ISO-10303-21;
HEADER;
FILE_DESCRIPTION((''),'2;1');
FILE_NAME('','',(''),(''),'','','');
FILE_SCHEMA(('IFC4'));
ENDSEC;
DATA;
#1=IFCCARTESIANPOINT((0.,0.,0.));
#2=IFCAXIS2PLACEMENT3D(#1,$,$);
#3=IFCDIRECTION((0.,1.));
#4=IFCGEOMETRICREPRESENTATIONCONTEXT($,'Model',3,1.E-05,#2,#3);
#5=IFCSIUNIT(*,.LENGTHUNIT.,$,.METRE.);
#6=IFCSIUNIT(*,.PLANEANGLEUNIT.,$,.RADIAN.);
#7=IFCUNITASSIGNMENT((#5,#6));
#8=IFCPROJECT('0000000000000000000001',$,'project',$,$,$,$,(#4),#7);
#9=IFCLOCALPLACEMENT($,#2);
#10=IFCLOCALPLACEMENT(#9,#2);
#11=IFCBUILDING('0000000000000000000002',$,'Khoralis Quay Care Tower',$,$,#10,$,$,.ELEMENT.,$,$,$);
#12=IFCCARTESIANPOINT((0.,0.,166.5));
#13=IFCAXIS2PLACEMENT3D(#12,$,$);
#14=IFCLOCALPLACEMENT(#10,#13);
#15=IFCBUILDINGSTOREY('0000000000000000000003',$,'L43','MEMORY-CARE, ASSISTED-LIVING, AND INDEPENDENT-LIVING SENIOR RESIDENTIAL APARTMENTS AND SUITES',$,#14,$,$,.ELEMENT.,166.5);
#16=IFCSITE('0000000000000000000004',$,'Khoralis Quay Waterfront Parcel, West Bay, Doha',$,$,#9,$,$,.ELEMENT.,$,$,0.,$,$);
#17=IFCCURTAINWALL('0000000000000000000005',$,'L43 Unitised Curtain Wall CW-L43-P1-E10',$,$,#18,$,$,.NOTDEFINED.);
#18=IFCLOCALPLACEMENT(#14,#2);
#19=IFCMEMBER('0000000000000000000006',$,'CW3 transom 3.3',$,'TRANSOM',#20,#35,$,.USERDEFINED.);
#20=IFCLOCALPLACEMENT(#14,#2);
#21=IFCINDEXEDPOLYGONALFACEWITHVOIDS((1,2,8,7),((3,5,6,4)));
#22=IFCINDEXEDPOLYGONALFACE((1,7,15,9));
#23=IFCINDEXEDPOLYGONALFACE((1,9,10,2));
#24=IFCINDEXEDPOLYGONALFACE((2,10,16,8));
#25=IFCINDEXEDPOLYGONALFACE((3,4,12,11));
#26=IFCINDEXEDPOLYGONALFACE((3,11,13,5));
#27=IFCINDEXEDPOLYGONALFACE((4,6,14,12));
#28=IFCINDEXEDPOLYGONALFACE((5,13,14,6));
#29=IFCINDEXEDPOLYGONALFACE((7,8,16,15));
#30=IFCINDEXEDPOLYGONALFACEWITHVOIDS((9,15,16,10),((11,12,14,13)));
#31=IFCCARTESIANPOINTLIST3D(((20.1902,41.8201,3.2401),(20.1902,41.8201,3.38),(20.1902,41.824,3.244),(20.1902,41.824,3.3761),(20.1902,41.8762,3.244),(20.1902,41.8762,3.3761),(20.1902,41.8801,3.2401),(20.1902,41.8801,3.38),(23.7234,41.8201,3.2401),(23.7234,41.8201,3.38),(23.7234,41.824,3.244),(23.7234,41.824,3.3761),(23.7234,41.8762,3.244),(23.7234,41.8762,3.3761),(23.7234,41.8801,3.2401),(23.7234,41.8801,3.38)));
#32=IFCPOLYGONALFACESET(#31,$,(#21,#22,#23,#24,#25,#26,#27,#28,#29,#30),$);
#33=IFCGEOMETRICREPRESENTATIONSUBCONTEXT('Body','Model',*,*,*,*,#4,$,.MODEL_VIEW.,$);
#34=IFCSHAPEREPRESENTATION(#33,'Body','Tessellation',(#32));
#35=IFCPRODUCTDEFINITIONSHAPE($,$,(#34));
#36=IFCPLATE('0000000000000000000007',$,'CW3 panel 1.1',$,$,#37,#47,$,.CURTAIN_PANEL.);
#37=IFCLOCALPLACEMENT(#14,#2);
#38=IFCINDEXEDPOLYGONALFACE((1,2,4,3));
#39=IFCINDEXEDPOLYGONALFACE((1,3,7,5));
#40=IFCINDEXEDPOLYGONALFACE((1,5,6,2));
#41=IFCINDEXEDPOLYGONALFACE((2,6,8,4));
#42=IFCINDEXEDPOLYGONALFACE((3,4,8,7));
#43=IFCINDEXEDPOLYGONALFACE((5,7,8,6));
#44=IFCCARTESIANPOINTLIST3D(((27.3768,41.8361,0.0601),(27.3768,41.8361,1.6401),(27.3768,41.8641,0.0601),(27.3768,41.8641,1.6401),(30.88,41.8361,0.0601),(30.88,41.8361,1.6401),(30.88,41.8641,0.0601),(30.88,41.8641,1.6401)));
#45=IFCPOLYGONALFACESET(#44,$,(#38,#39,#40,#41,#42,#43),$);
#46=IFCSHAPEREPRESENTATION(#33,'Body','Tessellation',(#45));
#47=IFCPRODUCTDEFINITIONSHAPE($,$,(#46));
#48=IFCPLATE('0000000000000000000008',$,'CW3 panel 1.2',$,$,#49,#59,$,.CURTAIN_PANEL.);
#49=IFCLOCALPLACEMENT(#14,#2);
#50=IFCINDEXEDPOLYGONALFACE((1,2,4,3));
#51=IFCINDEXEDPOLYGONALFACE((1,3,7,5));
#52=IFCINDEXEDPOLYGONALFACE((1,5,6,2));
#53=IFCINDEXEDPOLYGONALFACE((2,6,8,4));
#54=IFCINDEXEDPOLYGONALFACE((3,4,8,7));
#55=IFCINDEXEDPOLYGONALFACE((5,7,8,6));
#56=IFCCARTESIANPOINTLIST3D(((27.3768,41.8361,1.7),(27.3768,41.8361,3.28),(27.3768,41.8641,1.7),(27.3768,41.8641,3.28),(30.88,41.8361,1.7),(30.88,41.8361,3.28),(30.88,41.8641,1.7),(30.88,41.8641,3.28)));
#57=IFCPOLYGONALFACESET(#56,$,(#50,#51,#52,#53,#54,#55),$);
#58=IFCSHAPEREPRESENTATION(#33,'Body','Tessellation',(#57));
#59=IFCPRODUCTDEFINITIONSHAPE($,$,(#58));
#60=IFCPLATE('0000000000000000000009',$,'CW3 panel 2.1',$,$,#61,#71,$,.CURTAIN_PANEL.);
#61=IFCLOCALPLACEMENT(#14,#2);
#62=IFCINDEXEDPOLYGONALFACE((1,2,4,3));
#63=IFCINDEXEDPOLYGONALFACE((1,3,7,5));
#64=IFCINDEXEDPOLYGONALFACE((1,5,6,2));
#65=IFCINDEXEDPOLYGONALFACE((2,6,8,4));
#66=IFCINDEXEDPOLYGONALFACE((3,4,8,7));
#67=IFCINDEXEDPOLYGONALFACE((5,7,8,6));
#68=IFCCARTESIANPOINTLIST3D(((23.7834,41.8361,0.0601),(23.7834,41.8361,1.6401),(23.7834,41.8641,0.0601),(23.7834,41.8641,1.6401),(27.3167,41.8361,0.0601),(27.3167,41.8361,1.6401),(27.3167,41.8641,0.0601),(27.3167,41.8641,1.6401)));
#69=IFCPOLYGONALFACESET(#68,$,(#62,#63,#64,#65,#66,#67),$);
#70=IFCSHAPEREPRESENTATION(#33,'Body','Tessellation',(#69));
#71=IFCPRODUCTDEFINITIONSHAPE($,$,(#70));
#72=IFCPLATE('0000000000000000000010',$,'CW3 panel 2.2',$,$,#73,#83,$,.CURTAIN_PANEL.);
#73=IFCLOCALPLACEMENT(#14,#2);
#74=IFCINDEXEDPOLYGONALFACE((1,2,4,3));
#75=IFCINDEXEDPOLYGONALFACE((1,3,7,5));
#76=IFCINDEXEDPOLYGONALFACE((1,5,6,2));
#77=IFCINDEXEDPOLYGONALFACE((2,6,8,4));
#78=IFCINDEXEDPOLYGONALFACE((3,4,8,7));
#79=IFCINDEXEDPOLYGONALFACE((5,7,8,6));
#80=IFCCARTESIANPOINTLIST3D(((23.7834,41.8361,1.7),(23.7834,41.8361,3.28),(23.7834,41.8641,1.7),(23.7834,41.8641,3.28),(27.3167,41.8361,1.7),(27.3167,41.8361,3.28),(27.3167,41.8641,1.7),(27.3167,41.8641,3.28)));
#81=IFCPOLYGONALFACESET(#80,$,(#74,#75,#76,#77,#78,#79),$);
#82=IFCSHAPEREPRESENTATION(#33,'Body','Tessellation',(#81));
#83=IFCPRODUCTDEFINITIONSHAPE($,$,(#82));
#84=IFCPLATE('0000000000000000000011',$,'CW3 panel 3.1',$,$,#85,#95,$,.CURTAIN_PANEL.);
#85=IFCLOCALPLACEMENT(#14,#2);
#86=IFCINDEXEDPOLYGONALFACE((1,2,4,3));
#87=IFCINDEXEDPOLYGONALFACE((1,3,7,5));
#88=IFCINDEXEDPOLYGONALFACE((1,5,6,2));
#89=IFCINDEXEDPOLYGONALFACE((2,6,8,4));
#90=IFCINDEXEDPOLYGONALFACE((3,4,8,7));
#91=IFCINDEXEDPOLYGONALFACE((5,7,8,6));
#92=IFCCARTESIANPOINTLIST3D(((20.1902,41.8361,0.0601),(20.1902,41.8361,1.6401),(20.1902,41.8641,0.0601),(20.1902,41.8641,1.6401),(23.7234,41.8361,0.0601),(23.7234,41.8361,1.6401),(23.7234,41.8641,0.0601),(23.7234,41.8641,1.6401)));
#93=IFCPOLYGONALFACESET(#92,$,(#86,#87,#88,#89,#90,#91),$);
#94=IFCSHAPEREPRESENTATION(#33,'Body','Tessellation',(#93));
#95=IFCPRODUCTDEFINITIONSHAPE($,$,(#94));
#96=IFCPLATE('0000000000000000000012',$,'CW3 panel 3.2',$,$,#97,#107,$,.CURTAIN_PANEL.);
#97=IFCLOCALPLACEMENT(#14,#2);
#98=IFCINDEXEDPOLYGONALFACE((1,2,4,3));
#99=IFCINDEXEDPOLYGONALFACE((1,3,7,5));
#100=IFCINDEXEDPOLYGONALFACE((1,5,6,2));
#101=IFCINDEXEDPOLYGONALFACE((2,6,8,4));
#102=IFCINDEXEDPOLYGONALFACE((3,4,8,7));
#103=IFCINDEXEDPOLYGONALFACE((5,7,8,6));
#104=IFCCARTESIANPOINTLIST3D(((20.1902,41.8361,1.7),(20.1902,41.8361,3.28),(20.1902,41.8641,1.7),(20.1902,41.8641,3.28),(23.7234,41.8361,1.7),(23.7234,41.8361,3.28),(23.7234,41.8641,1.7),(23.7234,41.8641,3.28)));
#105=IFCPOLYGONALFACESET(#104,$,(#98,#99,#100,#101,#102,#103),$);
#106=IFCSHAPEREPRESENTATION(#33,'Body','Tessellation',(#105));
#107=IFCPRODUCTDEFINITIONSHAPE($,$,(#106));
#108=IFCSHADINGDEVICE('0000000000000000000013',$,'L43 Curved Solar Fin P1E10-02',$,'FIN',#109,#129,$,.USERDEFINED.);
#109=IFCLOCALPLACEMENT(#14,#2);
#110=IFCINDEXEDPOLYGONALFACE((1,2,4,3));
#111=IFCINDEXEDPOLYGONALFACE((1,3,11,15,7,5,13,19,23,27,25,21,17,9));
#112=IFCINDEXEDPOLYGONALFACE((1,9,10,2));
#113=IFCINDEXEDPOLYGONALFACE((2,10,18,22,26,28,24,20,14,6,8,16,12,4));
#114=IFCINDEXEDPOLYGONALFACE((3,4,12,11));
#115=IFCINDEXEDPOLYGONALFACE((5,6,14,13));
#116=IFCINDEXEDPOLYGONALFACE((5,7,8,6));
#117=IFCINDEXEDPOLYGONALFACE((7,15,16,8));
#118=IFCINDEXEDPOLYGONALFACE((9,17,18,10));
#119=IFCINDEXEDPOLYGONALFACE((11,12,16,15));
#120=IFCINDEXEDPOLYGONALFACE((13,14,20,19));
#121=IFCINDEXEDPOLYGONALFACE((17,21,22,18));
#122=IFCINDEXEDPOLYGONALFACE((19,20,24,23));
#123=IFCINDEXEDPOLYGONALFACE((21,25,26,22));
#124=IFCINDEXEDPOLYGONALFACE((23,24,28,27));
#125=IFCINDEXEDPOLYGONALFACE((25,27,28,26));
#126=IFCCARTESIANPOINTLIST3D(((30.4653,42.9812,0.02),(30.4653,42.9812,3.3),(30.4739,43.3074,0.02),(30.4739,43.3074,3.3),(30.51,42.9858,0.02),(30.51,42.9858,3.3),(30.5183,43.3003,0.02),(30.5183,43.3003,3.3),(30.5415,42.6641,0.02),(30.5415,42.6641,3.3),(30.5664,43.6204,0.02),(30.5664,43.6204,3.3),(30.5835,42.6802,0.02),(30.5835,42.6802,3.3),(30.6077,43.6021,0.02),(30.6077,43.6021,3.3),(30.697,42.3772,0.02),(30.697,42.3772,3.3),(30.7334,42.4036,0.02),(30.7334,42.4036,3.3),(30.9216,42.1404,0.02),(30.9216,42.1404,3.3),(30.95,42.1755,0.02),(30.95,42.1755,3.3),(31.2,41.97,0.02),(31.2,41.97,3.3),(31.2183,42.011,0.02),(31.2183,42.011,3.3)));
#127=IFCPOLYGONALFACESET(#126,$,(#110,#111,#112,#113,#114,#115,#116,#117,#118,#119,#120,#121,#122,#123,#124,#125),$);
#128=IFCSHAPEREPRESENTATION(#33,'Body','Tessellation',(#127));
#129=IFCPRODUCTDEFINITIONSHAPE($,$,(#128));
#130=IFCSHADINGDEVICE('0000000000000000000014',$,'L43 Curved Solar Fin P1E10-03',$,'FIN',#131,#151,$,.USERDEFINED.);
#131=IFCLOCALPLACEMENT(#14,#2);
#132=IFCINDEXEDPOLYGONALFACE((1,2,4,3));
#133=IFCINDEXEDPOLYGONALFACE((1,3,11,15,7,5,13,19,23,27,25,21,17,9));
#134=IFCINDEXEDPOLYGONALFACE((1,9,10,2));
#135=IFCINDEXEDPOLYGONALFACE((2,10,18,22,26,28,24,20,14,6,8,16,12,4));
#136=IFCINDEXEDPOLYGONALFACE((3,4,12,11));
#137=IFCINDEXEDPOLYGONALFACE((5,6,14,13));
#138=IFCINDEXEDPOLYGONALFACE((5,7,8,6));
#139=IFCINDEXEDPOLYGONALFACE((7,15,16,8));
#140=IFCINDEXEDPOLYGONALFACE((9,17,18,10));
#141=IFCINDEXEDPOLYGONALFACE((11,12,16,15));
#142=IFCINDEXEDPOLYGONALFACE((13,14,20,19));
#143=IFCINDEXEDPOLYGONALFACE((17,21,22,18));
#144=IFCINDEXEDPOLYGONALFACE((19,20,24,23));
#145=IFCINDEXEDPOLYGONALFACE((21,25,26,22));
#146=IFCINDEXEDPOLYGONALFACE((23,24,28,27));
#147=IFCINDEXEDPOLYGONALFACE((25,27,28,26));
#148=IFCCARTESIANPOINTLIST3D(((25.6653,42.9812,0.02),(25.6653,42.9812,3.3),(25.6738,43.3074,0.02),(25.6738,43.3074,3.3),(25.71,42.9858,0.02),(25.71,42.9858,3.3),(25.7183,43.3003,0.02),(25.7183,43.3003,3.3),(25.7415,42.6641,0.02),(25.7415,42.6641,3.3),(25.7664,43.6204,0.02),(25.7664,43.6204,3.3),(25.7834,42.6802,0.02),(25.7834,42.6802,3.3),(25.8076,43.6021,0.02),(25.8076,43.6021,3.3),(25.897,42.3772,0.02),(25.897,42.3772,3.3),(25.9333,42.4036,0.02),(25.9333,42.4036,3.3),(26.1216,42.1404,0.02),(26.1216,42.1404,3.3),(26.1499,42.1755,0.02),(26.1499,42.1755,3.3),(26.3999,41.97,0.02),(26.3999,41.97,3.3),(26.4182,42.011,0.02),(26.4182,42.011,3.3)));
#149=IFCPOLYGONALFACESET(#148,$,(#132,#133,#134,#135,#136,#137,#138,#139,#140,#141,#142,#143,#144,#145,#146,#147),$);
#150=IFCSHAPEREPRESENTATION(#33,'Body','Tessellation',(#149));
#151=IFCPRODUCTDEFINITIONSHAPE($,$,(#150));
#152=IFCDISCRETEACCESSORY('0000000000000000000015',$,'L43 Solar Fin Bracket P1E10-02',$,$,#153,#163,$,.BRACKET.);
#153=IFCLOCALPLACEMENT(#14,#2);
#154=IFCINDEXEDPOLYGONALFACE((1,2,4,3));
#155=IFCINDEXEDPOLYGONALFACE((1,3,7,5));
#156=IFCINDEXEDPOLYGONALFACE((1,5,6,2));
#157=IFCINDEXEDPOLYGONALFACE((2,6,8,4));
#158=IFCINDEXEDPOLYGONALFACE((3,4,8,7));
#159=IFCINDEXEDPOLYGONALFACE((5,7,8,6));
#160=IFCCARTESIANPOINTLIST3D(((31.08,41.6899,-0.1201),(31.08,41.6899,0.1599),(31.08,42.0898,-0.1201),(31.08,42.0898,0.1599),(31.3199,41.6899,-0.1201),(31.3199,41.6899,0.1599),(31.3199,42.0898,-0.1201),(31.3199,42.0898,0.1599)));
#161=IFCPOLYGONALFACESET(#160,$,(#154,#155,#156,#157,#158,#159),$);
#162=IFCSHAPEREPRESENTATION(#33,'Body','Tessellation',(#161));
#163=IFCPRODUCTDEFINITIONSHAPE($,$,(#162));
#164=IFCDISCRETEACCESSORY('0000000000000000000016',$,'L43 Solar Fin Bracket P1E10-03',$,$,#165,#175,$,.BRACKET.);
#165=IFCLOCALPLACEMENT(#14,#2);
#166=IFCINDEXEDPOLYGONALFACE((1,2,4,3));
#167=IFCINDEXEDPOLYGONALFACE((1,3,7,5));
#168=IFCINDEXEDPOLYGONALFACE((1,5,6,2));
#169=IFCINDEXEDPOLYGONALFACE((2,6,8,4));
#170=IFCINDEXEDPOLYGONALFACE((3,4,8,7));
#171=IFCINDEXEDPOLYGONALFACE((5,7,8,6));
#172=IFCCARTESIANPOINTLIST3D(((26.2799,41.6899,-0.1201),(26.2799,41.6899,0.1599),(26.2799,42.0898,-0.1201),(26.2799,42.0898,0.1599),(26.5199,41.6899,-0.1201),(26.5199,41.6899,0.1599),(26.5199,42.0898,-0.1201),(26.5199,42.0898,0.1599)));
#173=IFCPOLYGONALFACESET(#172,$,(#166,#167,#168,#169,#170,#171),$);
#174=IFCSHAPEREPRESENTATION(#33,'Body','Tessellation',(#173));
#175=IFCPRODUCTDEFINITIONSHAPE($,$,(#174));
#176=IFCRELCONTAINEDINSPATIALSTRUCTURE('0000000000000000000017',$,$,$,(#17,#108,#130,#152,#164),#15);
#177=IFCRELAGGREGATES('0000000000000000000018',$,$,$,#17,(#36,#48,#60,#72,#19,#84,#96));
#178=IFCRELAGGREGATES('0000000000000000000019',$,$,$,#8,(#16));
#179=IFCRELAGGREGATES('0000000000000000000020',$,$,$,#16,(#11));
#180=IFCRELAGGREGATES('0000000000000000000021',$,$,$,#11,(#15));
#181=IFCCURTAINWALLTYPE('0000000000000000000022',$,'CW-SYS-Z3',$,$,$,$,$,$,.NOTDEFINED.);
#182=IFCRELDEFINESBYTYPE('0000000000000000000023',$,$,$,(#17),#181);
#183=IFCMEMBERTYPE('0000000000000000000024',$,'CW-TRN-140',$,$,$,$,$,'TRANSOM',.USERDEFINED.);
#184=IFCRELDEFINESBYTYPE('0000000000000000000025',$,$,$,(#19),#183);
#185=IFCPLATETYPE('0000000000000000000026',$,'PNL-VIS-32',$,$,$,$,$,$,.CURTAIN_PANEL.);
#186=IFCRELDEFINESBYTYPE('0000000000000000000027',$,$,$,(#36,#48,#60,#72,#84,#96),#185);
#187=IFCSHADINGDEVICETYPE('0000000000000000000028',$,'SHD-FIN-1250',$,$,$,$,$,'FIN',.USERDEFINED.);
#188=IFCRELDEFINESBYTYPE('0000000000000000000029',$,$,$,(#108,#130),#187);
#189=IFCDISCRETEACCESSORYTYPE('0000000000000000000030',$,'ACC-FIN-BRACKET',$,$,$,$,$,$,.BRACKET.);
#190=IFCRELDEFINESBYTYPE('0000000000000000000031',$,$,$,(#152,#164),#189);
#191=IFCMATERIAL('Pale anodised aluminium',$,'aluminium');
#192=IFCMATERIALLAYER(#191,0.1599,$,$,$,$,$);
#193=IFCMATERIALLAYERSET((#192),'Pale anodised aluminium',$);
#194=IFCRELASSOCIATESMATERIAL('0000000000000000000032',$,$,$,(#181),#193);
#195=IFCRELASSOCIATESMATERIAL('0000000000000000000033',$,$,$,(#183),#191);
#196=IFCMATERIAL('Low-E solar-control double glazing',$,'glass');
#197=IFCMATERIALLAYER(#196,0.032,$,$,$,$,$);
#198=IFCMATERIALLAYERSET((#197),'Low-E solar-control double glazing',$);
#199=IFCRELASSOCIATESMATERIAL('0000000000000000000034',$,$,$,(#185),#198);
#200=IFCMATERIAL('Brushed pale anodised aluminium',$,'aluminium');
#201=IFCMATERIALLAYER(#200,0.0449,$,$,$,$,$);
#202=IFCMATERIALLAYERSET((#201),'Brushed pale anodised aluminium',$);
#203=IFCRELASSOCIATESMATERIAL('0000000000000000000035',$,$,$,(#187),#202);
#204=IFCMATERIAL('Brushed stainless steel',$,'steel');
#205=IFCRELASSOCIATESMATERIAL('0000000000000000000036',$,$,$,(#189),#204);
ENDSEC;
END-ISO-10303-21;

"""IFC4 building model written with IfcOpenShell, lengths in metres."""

from ifc_helpers import new_model, si_unit, direction, frame, origin, origin_2d, place, context, subcontext, project, spatial, polyline, rectangle, hollow_rectangle, outline, extrude, source, transform, mapped, material, layer, layer_set, material_profile, profile_set, type_object, element, aggregate, save


model = new_model("IFC4")

# Units and contexts
model_context = context("Model", 3, precision=1e-05, world=origin(), true_north=direction((0.0, 1.0)))
body_context = subcontext(model_context, "Body", "Model", "MODEL_VIEW")
ifc_project = project(units=[si_unit("LENGTHUNIT", "METRE"), si_unit("PLANEANGLEUNIT", "RADIAN")], contexts=[model_context])

# Site, building, storey
site_placement = place(None, origin())
site = spatial("IfcSite", under=ifc_project, at=site_placement, Name="Khoralis Quay Waterfront Parcel, West Bay, Doha", CompositionType="ELEMENT", RefElevation=0.0)
building_placement = place(site_placement, origin())
building = spatial("IfcBuilding", under=site, at=building_placement, Name="Khoralis Quay Care Tower", CompositionType="ELEMENT")
storey_placement = place(building_placement, frame((0.0, 0.0, 166.5)))
storey = spatial("IfcBuildingStorey", under=building, at=storey_placement, Name="L43", Description="MEMORY-CARE, ASSISTED-LIVING, AND INDEPENDENT-LIVING SENIOR RESIDENTIAL APARTMENTS AND SUITES", CompositionType="ELEMENT", Elevation=166.5)

# Curtain wall, member, plates
ifc_material_1 = material(Name="Pale anodised aluminium", Category="aluminium")
ifc_layer_1 = layer(ifc_material_1, 0.1599)
ifc_layer_set_1 = layer_set([ifc_layer_1], Name="Pale anodised aluminium")
curtain_wall_type = type_object("IfcCurtainWallType", Name="CW-SYS-Z3", PredefinedType="NOTDEFINED", material=ifc_layer_set_1)
curtain_wall_placement = place(storey_placement, origin())
curtain_wall = element("IfcCurtainWall", 1, at=curtain_wall_placement, inside=storey, type_object=curtain_wall_type, Name="L43 Unitised Curtain Wall CW-L43-P1-E10", PredefinedType="NOTDEFINED")
ifc_material_profile_1 = material_profile(ifc_material_1, hollow_rectangle(XDim=0.0601, YDim=0.1399, WallThickness=0.0039, at=origin_2d()), Name="Pale anodised aluminium")
ifc_profile_set_1 = profile_set([ifc_material_profile_1], Name="Pale anodised aluminium")
member_type_1 = type_object("IfcMemberType", Name="CW-TRN-140", ElementType="TRANSOM", PredefinedType="USERDEFINED", material=ifc_profile_set_1)
shared_shape_1 = source(origin(), body_context, "Body", "SweptSolid", [
    extrude(hollow_rectangle(XDim=0.0601, YDim=0.1399, WallThickness=0.0039, at=origin_2d()), origin(), (0.0, 0.0, 1.0), 3.5332),
])
member_1_placement = place(storey_placement, frame((23.7234, 41.8501, 3.3101), z_axis=(-1.0, 0.0, 0.0), x_axis=(0.0, -1.0, 0.0)))
member_1 = element("IfcMember", 2, at=member_1_placement, type_object=member_type_1, Name="CW3 transom 3.3", ObjectType="TRANSOM", PredefinedType="USERDEFINED", context=body_context, shape_type="MappedRepresentation", body=[
    mapped(shared_shape_1, transform((0.0, 0.0, 0.0), scale=1.0)),
])
ifc_material_2 = material(Name="Low-E solar-control double glazing", Category="glass")
ifc_layer_2 = layer(ifc_material_2, 0.032)
ifc_layer_set_2 = layer_set([ifc_layer_2], Name="Low-E solar-control double glazing")
plate_type = type_object("IfcPlateType", Name="PNL-VIS-32", PredefinedType="CURTAIN_PANEL", material=ifc_layer_set_2)
shared_shape_2 = source(origin(), body_context, "Body", "SweptSolid", [
    extrude(rectangle(XDim=3.5032, YDim=0.0281, at=origin_2d()), origin(), (0.0, 0.0, 1.0), 1.5801),
])
plate_1_placement = place(storey_placement, frame((29.1284, 41.8501, 0.0601), z_axis=(0.0, 0.0, 1.0), x_axis=(-1.0, 0.0, 0.0)))
plate_1 = element("IfcPlate", 3, at=plate_1_placement, type_object=plate_type, Name="CW3 panel 1.1", PredefinedType="CURTAIN_PANEL", context=body_context, shape_type="MappedRepresentation", body=[
    mapped(shared_shape_2, transform((0.0, 0.0, 0.0), scale=1.0)),
])
plate_2_placement = place(storey_placement, frame((29.1284, 41.8501, 1.7), z_axis=(0.0, 0.0, 1.0), x_axis=(-1.0, 0.0, 0.0)))
plate_2 = element("IfcPlate", 4, at=plate_2_placement, type_object=plate_type, Name="CW3 panel 1.2", PredefinedType="CURTAIN_PANEL", context=body_context, shape_type="MappedRepresentation", body=[
    mapped(shared_shape_2, transform((0.0, 0.0, 0.0), scale=1.0)),
])
shared_shape_3 = source(origin(), body_context, "Body", "SweptSolid", [
    extrude(rectangle(XDim=3.5332, YDim=0.0281, at=origin_2d()), origin(), (0.0, 0.0, 1.0), 1.5801),
])
plate_3_placement = place(storey_placement, frame((25.55, 41.8501, 0.0601), z_axis=(0.0, 0.0, 1.0), x_axis=(-1.0, 0.0, 0.0)))
plate_3 = element("IfcPlate", 5, at=plate_3_placement, type_object=plate_type, Name="CW3 panel 2.1", PredefinedType="CURTAIN_PANEL", context=body_context, shape_type="MappedRepresentation", body=[
    mapped(shared_shape_3, transform((0.0, 0.0, 0.0), scale=1.0)),
])
plate_4_placement = place(storey_placement, frame((25.55, 41.8501, 1.7), z_axis=(0.0, 0.0, 1.0), x_axis=(-1.0, 0.0, 0.0)))
plate_4 = element("IfcPlate", 6, at=plate_4_placement, type_object=plate_type, Name="CW3 panel 2.2", PredefinedType="CURTAIN_PANEL", context=body_context, shape_type="MappedRepresentation", body=[
    mapped(shared_shape_3, transform((0.0, 0.0, 0.0), scale=1.0)),
])
plate_5_placement = place(storey_placement, frame((21.9568, 41.8501, 0.0601), z_axis=(0.0, 0.0, 1.0), x_axis=(-1.0, 0.0, 0.0)))
plate_5 = element("IfcPlate", 7, at=plate_5_placement, type_object=plate_type, Name="CW3 panel 3.1", PredefinedType="CURTAIN_PANEL", context=body_context, shape_type="MappedRepresentation", body=[
    mapped(shared_shape_3, transform((0.0, 0.0, 0.0), scale=1.0)),
])
plate_6_placement = place(storey_placement, frame((21.9568, 41.8501, 1.7), z_axis=(0.0, 0.0, 1.0), x_axis=(-1.0, 0.0, 0.0)))
plate_6 = element("IfcPlate", 8, at=plate_6_placement, type_object=plate_type, Name="CW3 panel 3.2", PredefinedType="CURTAIN_PANEL", context=body_context, shape_type="MappedRepresentation", body=[
    mapped(shared_shape_3, transform((0.0, 0.0, 0.0), scale=1.0)),
])
aggregate(curtain_wall, [plate_1, plate_2, plate_3, plate_4, member_1, plate_5, plate_6])

# Shading devices
ifc_material_3 = material(Name="Brushed pale anodised aluminium", Category="aluminium")
ifc_layer_3 = layer(ifc_material_3, 0.0449)
ifc_layer_set_3 = layer_set([ifc_layer_3], Name="Brushed pale anodised aluminium")
shading_device_type = type_object("IfcShadingDeviceType", Name="SHD-FIN-1250", ElementType="FIN", PredefinedType="USERDEFINED", material=ifc_layer_set_3)
shared_shape_4 = source(origin(), body_context, "Body", "SweptSolid", [
    extrude(outline(polyline([(0.0, 0.0), (0.1704, 0.2783), (0.4072, 0.5029), (0.6941, 0.6584), (1.0112, 0.7346), (1.3374, 0.7261), (1.6504, 0.6335), (1.6321, 0.5923), (1.3303, 0.6816), (1.0159, 0.6899), (0.7102, 0.6165), (0.4336, 0.4666), (0.2056, 0.25), (0.041, -0.0183), (0.0, 0.0)])), origin(), (0.0, 0.0, 1.0), 3.28),
])
for number, where, z_axis, x_axis, name in (
    (9, (31.2, 41.97, 0.02), (0.0, 0.0, 1.0), (0.0, 1.0, 0.0), "L43 Curved Solar Fin P1E10-02"),
    (10, (26.3999, 41.97, 0.02), (0.0, 0.0, 1.0), (0.0, 1.0, 0.0), "L43 Curved Solar Fin P1E10-03"),
):
    element("IfcShadingDevice", number, at=place(storey_placement, frame(where, z_axis=z_axis, x_axis=x_axis)), inside=storey, type_object=shading_device_type, Name=name, ObjectType="FIN", PredefinedType="USERDEFINED", context=body_context, shape_type="MappedRepresentation", body=[
        mapped(shared_shape_4, transform((0.0, 0.0, 0.0), scale=1.0)),
    ])

# Discrete accessories
ifc_material_4 = material(Name="Brushed stainless steel", Category="steel")
discrete_accessory_type = type_object("IfcDiscreteAccessoryType", Name="ACC-FIN-BRACKET", PredefinedType="BRACKET", material=ifc_material_4)
shared_shape_5 = source(origin(), body_context, "Body", "SweptSolid", [
    extrude(rectangle(XDim=0.3999, YDim=0.24, at=origin_2d()), origin(), (0.0, 0.0, 1.0), 0.28),
])
for number, where, z_axis, x_axis, name in (
    (11, (31.2, 41.8899, -0.1201), (0.0, 0.0, 1.0), (0.0, 1.0, 0.0), "L43 Solar Fin Bracket P1E10-02"),
    (12, (26.3999, 41.8899, -0.1201), (0.0, 0.0, 1.0), (0.0, 1.0, 0.0), "L43 Solar Fin Bracket P1E10-03"),
):
    element("IfcDiscreteAccessory", number, at=place(storey_placement, frame(where, z_axis=z_axis, x_axis=x_axis)), inside=storey, type_object=discrete_accessory_type, Name=name, PredefinedType="BRACKET", context=body_context, shape_type="MappedRepresentation", body=[
        mapped(shared_shape_5, transform((0.0, 0.0, 0.0), scale=1.0)),
    ])

save(model, "model.ifc")
